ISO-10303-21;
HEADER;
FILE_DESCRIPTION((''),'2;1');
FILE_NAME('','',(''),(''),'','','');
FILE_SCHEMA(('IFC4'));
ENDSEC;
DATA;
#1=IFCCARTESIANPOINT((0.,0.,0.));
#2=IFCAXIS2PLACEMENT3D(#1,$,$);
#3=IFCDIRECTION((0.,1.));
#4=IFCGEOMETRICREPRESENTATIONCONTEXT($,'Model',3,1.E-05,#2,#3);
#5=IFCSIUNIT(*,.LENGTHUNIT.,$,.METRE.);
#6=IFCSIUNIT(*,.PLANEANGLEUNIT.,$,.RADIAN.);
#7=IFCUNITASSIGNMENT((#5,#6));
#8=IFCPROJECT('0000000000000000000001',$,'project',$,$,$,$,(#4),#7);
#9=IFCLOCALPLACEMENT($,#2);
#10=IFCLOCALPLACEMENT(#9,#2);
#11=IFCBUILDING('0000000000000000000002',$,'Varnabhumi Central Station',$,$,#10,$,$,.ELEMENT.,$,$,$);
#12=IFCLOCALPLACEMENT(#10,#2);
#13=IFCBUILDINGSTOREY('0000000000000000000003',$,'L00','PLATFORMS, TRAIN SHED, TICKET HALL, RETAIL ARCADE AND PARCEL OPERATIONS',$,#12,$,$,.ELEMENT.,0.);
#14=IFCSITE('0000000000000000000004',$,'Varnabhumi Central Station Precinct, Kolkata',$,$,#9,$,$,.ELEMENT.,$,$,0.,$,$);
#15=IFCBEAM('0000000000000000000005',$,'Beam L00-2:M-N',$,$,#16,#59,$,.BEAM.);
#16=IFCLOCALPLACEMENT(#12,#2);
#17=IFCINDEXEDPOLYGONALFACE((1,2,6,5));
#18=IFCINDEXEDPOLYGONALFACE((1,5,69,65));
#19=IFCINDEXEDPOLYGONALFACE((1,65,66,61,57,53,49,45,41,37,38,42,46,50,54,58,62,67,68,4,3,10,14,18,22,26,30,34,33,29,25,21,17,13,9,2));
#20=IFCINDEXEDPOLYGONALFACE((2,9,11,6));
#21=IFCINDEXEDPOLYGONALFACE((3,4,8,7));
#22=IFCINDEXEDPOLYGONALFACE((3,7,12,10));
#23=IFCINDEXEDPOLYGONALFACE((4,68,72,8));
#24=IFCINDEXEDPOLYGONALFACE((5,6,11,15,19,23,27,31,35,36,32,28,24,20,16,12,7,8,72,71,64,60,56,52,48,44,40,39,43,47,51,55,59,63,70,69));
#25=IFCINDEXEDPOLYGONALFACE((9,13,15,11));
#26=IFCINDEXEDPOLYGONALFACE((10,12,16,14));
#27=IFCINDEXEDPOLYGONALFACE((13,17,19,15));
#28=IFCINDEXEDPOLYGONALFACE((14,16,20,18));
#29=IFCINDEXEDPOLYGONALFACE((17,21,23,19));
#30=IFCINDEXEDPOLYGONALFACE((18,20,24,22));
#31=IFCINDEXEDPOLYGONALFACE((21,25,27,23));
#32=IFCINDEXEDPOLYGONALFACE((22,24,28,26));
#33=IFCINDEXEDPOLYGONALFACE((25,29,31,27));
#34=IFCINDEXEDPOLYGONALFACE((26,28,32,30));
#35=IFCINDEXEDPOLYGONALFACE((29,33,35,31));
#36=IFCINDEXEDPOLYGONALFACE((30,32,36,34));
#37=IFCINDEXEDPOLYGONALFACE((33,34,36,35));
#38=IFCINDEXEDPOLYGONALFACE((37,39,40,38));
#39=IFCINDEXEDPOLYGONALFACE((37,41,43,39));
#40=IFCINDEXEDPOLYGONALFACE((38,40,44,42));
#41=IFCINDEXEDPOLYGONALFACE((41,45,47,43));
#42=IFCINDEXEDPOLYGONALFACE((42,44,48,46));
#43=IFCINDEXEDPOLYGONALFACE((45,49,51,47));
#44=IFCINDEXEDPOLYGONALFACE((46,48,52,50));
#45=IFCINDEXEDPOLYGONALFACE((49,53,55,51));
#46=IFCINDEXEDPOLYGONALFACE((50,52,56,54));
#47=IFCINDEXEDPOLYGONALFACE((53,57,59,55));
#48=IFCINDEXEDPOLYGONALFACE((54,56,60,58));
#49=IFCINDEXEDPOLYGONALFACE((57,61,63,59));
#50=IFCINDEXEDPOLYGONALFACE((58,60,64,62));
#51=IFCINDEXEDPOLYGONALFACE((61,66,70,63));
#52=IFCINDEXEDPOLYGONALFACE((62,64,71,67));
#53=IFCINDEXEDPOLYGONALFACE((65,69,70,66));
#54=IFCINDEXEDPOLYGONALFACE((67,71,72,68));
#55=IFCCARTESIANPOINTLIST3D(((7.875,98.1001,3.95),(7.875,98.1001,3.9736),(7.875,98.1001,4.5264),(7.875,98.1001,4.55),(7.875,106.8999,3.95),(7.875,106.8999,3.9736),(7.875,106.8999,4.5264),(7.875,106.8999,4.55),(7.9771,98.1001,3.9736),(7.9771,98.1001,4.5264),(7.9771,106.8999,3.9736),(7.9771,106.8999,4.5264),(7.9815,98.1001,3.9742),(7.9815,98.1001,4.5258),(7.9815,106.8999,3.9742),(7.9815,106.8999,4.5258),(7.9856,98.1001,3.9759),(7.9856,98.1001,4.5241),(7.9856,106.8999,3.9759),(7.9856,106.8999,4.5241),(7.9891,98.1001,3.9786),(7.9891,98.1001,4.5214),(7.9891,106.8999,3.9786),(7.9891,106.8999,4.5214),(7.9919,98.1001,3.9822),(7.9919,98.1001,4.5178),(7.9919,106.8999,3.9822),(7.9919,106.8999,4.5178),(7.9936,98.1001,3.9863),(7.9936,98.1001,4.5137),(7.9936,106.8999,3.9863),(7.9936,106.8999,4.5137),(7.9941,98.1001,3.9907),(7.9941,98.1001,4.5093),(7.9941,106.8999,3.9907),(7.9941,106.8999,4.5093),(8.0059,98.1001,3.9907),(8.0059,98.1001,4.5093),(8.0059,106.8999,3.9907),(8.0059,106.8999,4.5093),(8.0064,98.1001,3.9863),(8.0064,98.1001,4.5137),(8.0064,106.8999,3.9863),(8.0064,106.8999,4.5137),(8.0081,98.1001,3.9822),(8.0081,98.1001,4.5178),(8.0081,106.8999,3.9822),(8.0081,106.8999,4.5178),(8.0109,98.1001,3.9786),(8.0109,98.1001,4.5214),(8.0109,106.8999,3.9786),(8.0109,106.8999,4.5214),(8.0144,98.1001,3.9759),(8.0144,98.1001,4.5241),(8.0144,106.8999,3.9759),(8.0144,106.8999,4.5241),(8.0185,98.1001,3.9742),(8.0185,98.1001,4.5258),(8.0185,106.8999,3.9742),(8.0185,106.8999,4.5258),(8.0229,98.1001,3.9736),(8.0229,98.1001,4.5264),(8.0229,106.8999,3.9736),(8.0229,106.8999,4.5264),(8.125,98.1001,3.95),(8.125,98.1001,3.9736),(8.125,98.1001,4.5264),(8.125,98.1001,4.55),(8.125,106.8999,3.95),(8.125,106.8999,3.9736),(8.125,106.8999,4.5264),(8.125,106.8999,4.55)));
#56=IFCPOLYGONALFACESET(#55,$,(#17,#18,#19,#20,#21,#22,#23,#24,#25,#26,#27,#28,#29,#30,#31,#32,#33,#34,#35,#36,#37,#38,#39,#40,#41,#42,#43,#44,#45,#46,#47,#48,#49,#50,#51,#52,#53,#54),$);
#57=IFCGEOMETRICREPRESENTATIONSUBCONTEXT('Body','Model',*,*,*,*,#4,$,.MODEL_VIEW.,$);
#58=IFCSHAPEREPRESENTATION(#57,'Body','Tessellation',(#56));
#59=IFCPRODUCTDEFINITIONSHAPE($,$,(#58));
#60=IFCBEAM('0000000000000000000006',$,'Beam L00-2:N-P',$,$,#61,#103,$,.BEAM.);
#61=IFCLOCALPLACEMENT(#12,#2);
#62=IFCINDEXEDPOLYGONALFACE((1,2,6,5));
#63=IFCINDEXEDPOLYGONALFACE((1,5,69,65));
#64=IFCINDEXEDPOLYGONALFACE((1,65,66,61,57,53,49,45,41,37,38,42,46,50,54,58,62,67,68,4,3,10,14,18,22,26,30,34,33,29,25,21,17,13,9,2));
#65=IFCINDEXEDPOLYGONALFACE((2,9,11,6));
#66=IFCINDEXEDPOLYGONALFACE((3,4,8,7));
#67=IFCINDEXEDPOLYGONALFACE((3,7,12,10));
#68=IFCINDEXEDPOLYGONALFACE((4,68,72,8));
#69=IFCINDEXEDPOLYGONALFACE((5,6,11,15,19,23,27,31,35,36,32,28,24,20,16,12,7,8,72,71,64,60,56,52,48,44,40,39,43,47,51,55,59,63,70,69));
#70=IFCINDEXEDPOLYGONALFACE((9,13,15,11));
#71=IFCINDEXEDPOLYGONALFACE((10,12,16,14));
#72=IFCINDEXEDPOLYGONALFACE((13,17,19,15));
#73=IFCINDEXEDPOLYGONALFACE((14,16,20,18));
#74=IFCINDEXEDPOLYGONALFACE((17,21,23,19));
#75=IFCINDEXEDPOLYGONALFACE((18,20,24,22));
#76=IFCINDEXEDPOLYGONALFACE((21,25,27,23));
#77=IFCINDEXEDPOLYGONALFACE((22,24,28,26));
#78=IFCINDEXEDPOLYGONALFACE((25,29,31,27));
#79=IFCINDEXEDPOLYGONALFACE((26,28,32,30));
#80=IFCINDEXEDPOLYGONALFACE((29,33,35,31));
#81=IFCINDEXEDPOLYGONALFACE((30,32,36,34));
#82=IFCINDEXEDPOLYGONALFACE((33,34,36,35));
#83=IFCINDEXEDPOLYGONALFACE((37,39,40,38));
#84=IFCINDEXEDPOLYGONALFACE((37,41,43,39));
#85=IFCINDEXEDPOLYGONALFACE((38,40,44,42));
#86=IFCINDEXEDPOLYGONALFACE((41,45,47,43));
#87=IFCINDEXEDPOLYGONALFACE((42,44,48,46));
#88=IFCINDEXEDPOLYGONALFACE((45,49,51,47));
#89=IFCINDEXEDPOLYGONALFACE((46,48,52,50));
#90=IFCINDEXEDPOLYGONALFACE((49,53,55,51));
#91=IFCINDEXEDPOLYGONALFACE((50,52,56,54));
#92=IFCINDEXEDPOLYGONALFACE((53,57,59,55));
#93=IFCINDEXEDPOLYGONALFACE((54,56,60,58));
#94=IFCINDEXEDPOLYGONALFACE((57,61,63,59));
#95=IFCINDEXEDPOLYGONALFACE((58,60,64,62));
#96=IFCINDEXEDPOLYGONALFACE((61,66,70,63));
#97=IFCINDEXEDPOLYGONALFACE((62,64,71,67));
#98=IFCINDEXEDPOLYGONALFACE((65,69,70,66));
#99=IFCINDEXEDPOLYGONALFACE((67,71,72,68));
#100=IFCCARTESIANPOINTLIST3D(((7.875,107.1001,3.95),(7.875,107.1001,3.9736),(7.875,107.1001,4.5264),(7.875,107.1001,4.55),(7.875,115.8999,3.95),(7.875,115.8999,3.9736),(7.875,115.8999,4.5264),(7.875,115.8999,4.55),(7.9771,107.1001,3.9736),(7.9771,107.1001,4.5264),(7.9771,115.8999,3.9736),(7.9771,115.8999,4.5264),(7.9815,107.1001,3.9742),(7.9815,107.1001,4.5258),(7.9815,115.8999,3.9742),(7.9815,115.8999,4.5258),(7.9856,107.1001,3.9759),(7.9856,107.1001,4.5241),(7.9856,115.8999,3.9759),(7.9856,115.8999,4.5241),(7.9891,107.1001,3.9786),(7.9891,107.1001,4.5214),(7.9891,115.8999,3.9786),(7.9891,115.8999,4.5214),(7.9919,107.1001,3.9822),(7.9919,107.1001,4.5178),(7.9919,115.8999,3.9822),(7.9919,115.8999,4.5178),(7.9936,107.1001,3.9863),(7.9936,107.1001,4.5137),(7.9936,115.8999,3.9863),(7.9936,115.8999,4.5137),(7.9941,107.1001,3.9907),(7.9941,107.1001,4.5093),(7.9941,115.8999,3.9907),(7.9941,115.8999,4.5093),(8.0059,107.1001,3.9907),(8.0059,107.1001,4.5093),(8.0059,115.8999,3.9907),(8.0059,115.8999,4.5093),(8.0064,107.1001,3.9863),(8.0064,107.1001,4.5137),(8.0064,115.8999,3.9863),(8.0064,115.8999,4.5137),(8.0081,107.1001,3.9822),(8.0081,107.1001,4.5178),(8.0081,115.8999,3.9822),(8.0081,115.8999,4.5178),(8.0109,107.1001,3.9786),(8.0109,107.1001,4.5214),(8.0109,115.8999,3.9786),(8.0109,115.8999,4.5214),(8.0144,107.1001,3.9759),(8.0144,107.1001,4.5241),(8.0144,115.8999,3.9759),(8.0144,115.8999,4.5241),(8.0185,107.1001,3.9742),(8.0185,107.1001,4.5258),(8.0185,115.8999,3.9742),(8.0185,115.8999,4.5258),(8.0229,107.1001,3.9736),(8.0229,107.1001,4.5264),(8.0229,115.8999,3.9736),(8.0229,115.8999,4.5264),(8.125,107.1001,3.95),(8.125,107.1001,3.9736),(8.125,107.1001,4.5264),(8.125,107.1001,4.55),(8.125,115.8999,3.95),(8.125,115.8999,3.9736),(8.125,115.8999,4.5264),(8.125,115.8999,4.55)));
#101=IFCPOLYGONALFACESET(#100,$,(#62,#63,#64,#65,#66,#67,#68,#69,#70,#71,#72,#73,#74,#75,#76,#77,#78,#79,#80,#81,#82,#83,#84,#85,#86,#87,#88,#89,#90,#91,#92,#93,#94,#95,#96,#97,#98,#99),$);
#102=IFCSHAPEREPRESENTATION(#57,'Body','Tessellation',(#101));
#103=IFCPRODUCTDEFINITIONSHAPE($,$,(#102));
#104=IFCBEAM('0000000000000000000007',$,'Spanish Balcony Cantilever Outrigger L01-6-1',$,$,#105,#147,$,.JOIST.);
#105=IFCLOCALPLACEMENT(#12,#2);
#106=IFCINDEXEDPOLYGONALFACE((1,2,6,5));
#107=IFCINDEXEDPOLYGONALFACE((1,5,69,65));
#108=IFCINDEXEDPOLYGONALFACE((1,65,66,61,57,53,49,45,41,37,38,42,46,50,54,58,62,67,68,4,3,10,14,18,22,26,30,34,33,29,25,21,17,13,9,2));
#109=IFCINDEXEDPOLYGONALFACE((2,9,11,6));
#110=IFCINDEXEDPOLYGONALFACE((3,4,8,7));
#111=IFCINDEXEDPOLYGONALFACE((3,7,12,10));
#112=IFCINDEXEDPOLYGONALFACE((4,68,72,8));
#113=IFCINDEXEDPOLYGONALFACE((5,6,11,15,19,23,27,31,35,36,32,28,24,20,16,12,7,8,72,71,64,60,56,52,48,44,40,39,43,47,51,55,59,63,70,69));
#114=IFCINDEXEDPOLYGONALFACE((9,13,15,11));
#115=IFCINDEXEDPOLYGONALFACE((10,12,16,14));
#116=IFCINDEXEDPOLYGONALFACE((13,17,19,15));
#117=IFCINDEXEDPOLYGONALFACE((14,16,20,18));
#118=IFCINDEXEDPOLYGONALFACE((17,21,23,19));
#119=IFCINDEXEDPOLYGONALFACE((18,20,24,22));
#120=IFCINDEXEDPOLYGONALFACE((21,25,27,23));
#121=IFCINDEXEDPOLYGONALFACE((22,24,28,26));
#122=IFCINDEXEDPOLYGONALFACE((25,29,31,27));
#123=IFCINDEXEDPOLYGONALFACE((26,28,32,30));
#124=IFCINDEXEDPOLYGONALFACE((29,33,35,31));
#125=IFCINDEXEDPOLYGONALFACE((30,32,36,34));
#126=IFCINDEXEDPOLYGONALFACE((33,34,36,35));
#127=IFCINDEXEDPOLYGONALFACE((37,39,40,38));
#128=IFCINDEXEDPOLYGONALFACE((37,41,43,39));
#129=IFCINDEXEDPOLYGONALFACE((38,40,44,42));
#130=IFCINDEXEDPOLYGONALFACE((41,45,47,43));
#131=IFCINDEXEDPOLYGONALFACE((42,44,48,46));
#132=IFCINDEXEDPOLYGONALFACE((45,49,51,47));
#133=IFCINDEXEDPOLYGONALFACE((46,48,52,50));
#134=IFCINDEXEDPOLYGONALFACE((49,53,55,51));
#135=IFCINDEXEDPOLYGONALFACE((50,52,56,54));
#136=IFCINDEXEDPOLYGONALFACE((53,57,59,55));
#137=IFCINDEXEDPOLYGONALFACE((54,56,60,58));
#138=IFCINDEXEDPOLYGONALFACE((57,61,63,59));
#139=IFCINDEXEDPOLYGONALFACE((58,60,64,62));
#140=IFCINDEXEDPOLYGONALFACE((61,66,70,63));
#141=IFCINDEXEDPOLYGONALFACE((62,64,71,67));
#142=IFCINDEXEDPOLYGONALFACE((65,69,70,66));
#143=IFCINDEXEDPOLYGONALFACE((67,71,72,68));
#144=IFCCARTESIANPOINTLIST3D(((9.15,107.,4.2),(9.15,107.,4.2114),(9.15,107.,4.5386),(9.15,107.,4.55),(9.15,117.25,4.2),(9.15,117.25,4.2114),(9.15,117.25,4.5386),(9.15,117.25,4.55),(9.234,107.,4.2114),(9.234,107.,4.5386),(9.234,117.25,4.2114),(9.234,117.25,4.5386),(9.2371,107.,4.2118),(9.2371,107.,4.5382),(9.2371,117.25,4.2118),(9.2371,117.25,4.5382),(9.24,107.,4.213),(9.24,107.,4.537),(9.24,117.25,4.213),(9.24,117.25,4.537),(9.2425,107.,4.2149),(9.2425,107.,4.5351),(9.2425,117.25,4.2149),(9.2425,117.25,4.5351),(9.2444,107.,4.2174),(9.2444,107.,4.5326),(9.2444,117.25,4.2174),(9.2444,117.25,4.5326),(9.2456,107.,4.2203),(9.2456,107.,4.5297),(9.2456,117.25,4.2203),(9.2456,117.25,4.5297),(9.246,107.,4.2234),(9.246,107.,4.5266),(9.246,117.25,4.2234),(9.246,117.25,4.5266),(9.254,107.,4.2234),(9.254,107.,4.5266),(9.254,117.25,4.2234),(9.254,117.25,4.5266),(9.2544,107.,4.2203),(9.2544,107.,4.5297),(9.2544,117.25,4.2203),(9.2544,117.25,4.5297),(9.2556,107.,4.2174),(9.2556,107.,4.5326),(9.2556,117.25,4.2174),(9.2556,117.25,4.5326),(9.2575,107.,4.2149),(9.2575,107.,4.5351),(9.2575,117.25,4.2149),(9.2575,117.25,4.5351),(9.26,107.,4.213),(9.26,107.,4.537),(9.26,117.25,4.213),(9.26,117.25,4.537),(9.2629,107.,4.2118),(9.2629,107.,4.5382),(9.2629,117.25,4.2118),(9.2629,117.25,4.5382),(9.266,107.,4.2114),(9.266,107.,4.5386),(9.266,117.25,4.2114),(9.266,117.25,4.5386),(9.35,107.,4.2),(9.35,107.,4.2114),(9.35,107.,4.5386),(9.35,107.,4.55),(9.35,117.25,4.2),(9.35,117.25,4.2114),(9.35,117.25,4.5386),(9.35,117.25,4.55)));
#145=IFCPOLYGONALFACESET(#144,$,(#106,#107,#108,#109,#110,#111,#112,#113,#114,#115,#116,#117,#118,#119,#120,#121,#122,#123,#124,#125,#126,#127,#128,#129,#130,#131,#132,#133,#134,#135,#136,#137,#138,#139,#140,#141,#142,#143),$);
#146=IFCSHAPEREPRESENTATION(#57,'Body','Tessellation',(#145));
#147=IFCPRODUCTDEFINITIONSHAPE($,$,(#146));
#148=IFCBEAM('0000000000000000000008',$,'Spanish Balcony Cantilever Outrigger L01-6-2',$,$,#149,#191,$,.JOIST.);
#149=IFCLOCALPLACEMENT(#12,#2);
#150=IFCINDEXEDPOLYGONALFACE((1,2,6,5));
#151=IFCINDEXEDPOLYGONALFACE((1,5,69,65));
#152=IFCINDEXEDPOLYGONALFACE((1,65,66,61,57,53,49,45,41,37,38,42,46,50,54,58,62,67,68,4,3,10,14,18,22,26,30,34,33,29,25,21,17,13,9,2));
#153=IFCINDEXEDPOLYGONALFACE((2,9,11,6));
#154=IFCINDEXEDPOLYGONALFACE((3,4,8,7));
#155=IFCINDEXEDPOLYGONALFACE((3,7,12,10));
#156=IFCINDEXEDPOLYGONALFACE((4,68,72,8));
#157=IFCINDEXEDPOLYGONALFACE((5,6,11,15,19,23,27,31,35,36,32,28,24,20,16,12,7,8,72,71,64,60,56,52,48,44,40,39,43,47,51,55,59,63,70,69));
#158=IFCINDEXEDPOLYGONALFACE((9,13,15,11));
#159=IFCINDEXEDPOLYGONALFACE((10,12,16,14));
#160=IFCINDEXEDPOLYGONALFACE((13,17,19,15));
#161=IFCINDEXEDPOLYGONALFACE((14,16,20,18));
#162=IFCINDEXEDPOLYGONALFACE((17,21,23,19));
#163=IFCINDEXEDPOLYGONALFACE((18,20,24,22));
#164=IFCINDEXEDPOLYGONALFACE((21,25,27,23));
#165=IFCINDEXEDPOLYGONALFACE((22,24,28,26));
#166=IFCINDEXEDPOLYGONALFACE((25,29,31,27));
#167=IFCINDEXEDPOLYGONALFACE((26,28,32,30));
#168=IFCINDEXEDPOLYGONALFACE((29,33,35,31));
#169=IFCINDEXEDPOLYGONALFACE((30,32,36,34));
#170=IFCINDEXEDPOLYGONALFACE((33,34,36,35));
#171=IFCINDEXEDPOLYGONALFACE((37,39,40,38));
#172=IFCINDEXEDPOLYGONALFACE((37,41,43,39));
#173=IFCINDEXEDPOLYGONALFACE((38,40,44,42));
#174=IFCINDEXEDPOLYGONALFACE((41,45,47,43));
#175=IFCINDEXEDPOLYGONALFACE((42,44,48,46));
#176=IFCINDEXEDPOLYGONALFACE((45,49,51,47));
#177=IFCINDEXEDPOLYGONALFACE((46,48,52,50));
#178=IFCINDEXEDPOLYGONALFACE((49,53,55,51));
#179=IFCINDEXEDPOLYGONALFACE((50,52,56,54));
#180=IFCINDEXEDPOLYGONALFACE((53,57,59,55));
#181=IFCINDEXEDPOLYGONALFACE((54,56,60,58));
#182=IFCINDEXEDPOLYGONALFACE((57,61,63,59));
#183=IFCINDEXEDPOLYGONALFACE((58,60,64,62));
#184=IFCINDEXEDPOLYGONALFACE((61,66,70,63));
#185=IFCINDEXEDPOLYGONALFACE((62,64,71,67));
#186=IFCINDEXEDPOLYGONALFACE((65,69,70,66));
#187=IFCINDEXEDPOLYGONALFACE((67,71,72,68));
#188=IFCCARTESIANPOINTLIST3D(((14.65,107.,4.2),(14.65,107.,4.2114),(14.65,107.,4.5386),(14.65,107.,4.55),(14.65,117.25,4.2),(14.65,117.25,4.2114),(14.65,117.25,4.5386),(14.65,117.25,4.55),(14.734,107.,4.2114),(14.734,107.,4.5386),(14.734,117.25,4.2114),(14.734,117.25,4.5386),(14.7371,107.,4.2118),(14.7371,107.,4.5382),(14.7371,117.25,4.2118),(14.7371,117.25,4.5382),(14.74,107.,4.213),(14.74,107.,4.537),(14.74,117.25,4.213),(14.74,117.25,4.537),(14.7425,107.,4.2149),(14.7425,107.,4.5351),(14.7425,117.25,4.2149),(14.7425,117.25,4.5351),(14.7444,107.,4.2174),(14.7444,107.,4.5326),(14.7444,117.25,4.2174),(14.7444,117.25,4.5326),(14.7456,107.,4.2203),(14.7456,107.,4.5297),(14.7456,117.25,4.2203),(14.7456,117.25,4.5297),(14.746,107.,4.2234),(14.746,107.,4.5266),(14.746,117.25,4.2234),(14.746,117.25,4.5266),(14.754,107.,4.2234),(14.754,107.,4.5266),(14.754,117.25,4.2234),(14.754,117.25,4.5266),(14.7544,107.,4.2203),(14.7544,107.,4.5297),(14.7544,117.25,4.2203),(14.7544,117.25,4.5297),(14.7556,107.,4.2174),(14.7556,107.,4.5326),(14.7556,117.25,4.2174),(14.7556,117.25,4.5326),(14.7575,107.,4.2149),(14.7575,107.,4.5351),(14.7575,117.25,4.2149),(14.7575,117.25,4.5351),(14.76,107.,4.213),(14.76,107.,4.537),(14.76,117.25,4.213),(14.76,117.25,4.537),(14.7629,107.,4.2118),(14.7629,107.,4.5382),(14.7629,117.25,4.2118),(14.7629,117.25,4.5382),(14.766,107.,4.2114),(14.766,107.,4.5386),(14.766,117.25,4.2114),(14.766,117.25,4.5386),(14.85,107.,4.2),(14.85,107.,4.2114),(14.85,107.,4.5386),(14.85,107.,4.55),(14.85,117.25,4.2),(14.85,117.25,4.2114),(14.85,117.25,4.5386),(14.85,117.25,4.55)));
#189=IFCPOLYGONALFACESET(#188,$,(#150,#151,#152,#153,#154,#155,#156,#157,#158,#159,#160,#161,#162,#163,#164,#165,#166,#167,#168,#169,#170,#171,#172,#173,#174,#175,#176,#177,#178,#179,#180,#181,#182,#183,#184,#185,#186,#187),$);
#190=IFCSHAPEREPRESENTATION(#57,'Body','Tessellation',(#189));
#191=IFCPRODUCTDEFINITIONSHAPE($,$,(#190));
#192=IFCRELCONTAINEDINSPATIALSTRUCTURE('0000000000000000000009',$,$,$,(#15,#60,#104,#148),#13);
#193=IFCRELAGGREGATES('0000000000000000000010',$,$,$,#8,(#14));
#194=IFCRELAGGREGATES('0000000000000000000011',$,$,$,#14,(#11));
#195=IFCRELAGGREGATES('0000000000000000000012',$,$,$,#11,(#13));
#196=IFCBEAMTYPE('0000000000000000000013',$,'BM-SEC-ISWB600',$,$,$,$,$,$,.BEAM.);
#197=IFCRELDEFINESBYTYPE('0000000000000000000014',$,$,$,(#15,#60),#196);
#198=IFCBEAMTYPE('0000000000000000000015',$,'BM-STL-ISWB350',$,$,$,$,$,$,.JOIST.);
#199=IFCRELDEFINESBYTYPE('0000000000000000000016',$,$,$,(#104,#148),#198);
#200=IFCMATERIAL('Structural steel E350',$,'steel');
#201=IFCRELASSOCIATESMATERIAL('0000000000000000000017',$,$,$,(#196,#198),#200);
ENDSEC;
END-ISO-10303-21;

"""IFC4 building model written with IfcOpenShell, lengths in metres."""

from ifc_helpers import new_model, si_unit, direction, frame, origin, origin_2d, place, context, subcontext, project, spatial, i_section, extrude, material, material_profile, profile_set, type_object, element, save


model = new_model("IFC4")

# Units and contexts
model_context = context("Model", 3, precision=1e-05, world=origin(), true_north=direction((0.0, 1.0)))
body_context = subcontext(model_context, "Body", "Model", "MODEL_VIEW")
ifc_project = project(units=[si_unit("LENGTHUNIT", "METRE"), si_unit("PLANEANGLEUNIT", "RADIAN")], contexts=[model_context])

# Site, building, storey
site_placement = place(None, origin())
site = spatial("IfcSite", under=ifc_project, at=site_placement, Name="Varnabhumi Central Station Precinct, Kolkata", CompositionType="ELEMENT", RefElevation=0.0)
building_placement = place(site_placement, origin())
building = spatial("IfcBuilding", under=site, at=building_placement, Name="Varnabhumi Central Station", CompositionType="ELEMENT")
storey_placement = place(building_placement, origin())
storey = spatial("IfcBuildingStorey", under=building, at=storey_placement, Name="L00", Description="PLATFORMS, TRAIN SHED, TICKET HALL, RETAIL ARCADE AND PARCEL OPERATIONS", CompositionType="ELEMENT", Elevation=0.0)

# Beams
ifc_material_1 = material(Name="Structural steel E350", Category="steel")
ifc_material_profile_1 = material_profile(ifc_material_1, i_section(OverallWidth=0.25, OverallDepth=0.6001, WebThickness=0.0117, FlangeThickness=0.0237, FilletRadius=0.0171, at=origin_2d()), Name="Structural steel E350", Category="steel")
ifc_profile_set_1 = profile_set([ifc_material_profile_1], Name="Structural steel E350")
beam_type_1 = type_object("IfcBeamType", Name="BM-SEC-ISWB600", PredefinedType="BEAM", material=ifc_profile_set_1)
for number, where, z_axis, x_axis, name in (
    (1, (8.0, 98.1001, 4.25), (0.0, 1.0, 0.0), (-1.0, 0.0, 0.0), "Beam L00-2:M-N"),
    (2, (8.0, 107.1001, 4.25), (0.0, 1.0, 0.0), (-1.0, 0.0, 0.0), "Beam L00-2:N-P"),
):
    element("IfcBeam", number, at=place(storey_placement, frame(where, z_axis=z_axis, x_axis=x_axis)), inside=storey, type_object=beam_type_1, Name=name, PredefinedType="BEAM", context=body_context, shape_type="SweptSolid", body=[
        extrude(i_section(OverallWidth=0.25, OverallDepth=0.6001, WebThickness=0.0117, FlangeThickness=0.0237, FilletRadius=0.0171, at=origin_2d()), origin(), (0.0, 0.0, 1.0), 8.7998),
    ])
ifc_material_profile_2 = material_profile(ifc_material_1, i_section(OverallWidth=0.2, OverallDepth=0.3501, WebThickness=0.0081, FlangeThickness=0.0115, FilletRadius=0.012, at=origin_2d()), Name="Structural steel E350", Category="steel")
ifc_profile_set_2 = profile_set([ifc_material_profile_2], Name="Structural steel E350")
beam_type_2 = type_object("IfcBeamType", Name="BM-STL-ISWB350", PredefinedType="JOIST", material=ifc_profile_set_2)
for number, where, z_axis, x_axis, name in (
    (3, (9.25, 107.0, 4.375), (0.0, 1.0, 0.0), (-1.0, 0.0, 0.0), "Spanish Balcony Cantilever Outrigger L01-6-1"),
    (4, (14.75, 107.0, 4.375), (0.0, 1.0, 0.0), (-1.0, 0.0, 0.0), "Spanish Balcony Cantilever Outrigger L01-6-2"),
):
    element("IfcBeam", number, at=place(storey_placement, frame(where, z_axis=z_axis, x_axis=x_axis)), inside=storey, type_object=beam_type_2, Name=name, PredefinedType="JOIST", context=body_context, shape_type="SweptSolid", body=[
        extrude(i_section(OverallWidth=0.2, OverallDepth=0.3501, WebThickness=0.0081, FlangeThickness=0.0115, FilletRadius=0.012, at=origin_2d()), origin(), (0.0, 0.0, 1.0), 10.25),
    ])

save(model, "model.ifc")
